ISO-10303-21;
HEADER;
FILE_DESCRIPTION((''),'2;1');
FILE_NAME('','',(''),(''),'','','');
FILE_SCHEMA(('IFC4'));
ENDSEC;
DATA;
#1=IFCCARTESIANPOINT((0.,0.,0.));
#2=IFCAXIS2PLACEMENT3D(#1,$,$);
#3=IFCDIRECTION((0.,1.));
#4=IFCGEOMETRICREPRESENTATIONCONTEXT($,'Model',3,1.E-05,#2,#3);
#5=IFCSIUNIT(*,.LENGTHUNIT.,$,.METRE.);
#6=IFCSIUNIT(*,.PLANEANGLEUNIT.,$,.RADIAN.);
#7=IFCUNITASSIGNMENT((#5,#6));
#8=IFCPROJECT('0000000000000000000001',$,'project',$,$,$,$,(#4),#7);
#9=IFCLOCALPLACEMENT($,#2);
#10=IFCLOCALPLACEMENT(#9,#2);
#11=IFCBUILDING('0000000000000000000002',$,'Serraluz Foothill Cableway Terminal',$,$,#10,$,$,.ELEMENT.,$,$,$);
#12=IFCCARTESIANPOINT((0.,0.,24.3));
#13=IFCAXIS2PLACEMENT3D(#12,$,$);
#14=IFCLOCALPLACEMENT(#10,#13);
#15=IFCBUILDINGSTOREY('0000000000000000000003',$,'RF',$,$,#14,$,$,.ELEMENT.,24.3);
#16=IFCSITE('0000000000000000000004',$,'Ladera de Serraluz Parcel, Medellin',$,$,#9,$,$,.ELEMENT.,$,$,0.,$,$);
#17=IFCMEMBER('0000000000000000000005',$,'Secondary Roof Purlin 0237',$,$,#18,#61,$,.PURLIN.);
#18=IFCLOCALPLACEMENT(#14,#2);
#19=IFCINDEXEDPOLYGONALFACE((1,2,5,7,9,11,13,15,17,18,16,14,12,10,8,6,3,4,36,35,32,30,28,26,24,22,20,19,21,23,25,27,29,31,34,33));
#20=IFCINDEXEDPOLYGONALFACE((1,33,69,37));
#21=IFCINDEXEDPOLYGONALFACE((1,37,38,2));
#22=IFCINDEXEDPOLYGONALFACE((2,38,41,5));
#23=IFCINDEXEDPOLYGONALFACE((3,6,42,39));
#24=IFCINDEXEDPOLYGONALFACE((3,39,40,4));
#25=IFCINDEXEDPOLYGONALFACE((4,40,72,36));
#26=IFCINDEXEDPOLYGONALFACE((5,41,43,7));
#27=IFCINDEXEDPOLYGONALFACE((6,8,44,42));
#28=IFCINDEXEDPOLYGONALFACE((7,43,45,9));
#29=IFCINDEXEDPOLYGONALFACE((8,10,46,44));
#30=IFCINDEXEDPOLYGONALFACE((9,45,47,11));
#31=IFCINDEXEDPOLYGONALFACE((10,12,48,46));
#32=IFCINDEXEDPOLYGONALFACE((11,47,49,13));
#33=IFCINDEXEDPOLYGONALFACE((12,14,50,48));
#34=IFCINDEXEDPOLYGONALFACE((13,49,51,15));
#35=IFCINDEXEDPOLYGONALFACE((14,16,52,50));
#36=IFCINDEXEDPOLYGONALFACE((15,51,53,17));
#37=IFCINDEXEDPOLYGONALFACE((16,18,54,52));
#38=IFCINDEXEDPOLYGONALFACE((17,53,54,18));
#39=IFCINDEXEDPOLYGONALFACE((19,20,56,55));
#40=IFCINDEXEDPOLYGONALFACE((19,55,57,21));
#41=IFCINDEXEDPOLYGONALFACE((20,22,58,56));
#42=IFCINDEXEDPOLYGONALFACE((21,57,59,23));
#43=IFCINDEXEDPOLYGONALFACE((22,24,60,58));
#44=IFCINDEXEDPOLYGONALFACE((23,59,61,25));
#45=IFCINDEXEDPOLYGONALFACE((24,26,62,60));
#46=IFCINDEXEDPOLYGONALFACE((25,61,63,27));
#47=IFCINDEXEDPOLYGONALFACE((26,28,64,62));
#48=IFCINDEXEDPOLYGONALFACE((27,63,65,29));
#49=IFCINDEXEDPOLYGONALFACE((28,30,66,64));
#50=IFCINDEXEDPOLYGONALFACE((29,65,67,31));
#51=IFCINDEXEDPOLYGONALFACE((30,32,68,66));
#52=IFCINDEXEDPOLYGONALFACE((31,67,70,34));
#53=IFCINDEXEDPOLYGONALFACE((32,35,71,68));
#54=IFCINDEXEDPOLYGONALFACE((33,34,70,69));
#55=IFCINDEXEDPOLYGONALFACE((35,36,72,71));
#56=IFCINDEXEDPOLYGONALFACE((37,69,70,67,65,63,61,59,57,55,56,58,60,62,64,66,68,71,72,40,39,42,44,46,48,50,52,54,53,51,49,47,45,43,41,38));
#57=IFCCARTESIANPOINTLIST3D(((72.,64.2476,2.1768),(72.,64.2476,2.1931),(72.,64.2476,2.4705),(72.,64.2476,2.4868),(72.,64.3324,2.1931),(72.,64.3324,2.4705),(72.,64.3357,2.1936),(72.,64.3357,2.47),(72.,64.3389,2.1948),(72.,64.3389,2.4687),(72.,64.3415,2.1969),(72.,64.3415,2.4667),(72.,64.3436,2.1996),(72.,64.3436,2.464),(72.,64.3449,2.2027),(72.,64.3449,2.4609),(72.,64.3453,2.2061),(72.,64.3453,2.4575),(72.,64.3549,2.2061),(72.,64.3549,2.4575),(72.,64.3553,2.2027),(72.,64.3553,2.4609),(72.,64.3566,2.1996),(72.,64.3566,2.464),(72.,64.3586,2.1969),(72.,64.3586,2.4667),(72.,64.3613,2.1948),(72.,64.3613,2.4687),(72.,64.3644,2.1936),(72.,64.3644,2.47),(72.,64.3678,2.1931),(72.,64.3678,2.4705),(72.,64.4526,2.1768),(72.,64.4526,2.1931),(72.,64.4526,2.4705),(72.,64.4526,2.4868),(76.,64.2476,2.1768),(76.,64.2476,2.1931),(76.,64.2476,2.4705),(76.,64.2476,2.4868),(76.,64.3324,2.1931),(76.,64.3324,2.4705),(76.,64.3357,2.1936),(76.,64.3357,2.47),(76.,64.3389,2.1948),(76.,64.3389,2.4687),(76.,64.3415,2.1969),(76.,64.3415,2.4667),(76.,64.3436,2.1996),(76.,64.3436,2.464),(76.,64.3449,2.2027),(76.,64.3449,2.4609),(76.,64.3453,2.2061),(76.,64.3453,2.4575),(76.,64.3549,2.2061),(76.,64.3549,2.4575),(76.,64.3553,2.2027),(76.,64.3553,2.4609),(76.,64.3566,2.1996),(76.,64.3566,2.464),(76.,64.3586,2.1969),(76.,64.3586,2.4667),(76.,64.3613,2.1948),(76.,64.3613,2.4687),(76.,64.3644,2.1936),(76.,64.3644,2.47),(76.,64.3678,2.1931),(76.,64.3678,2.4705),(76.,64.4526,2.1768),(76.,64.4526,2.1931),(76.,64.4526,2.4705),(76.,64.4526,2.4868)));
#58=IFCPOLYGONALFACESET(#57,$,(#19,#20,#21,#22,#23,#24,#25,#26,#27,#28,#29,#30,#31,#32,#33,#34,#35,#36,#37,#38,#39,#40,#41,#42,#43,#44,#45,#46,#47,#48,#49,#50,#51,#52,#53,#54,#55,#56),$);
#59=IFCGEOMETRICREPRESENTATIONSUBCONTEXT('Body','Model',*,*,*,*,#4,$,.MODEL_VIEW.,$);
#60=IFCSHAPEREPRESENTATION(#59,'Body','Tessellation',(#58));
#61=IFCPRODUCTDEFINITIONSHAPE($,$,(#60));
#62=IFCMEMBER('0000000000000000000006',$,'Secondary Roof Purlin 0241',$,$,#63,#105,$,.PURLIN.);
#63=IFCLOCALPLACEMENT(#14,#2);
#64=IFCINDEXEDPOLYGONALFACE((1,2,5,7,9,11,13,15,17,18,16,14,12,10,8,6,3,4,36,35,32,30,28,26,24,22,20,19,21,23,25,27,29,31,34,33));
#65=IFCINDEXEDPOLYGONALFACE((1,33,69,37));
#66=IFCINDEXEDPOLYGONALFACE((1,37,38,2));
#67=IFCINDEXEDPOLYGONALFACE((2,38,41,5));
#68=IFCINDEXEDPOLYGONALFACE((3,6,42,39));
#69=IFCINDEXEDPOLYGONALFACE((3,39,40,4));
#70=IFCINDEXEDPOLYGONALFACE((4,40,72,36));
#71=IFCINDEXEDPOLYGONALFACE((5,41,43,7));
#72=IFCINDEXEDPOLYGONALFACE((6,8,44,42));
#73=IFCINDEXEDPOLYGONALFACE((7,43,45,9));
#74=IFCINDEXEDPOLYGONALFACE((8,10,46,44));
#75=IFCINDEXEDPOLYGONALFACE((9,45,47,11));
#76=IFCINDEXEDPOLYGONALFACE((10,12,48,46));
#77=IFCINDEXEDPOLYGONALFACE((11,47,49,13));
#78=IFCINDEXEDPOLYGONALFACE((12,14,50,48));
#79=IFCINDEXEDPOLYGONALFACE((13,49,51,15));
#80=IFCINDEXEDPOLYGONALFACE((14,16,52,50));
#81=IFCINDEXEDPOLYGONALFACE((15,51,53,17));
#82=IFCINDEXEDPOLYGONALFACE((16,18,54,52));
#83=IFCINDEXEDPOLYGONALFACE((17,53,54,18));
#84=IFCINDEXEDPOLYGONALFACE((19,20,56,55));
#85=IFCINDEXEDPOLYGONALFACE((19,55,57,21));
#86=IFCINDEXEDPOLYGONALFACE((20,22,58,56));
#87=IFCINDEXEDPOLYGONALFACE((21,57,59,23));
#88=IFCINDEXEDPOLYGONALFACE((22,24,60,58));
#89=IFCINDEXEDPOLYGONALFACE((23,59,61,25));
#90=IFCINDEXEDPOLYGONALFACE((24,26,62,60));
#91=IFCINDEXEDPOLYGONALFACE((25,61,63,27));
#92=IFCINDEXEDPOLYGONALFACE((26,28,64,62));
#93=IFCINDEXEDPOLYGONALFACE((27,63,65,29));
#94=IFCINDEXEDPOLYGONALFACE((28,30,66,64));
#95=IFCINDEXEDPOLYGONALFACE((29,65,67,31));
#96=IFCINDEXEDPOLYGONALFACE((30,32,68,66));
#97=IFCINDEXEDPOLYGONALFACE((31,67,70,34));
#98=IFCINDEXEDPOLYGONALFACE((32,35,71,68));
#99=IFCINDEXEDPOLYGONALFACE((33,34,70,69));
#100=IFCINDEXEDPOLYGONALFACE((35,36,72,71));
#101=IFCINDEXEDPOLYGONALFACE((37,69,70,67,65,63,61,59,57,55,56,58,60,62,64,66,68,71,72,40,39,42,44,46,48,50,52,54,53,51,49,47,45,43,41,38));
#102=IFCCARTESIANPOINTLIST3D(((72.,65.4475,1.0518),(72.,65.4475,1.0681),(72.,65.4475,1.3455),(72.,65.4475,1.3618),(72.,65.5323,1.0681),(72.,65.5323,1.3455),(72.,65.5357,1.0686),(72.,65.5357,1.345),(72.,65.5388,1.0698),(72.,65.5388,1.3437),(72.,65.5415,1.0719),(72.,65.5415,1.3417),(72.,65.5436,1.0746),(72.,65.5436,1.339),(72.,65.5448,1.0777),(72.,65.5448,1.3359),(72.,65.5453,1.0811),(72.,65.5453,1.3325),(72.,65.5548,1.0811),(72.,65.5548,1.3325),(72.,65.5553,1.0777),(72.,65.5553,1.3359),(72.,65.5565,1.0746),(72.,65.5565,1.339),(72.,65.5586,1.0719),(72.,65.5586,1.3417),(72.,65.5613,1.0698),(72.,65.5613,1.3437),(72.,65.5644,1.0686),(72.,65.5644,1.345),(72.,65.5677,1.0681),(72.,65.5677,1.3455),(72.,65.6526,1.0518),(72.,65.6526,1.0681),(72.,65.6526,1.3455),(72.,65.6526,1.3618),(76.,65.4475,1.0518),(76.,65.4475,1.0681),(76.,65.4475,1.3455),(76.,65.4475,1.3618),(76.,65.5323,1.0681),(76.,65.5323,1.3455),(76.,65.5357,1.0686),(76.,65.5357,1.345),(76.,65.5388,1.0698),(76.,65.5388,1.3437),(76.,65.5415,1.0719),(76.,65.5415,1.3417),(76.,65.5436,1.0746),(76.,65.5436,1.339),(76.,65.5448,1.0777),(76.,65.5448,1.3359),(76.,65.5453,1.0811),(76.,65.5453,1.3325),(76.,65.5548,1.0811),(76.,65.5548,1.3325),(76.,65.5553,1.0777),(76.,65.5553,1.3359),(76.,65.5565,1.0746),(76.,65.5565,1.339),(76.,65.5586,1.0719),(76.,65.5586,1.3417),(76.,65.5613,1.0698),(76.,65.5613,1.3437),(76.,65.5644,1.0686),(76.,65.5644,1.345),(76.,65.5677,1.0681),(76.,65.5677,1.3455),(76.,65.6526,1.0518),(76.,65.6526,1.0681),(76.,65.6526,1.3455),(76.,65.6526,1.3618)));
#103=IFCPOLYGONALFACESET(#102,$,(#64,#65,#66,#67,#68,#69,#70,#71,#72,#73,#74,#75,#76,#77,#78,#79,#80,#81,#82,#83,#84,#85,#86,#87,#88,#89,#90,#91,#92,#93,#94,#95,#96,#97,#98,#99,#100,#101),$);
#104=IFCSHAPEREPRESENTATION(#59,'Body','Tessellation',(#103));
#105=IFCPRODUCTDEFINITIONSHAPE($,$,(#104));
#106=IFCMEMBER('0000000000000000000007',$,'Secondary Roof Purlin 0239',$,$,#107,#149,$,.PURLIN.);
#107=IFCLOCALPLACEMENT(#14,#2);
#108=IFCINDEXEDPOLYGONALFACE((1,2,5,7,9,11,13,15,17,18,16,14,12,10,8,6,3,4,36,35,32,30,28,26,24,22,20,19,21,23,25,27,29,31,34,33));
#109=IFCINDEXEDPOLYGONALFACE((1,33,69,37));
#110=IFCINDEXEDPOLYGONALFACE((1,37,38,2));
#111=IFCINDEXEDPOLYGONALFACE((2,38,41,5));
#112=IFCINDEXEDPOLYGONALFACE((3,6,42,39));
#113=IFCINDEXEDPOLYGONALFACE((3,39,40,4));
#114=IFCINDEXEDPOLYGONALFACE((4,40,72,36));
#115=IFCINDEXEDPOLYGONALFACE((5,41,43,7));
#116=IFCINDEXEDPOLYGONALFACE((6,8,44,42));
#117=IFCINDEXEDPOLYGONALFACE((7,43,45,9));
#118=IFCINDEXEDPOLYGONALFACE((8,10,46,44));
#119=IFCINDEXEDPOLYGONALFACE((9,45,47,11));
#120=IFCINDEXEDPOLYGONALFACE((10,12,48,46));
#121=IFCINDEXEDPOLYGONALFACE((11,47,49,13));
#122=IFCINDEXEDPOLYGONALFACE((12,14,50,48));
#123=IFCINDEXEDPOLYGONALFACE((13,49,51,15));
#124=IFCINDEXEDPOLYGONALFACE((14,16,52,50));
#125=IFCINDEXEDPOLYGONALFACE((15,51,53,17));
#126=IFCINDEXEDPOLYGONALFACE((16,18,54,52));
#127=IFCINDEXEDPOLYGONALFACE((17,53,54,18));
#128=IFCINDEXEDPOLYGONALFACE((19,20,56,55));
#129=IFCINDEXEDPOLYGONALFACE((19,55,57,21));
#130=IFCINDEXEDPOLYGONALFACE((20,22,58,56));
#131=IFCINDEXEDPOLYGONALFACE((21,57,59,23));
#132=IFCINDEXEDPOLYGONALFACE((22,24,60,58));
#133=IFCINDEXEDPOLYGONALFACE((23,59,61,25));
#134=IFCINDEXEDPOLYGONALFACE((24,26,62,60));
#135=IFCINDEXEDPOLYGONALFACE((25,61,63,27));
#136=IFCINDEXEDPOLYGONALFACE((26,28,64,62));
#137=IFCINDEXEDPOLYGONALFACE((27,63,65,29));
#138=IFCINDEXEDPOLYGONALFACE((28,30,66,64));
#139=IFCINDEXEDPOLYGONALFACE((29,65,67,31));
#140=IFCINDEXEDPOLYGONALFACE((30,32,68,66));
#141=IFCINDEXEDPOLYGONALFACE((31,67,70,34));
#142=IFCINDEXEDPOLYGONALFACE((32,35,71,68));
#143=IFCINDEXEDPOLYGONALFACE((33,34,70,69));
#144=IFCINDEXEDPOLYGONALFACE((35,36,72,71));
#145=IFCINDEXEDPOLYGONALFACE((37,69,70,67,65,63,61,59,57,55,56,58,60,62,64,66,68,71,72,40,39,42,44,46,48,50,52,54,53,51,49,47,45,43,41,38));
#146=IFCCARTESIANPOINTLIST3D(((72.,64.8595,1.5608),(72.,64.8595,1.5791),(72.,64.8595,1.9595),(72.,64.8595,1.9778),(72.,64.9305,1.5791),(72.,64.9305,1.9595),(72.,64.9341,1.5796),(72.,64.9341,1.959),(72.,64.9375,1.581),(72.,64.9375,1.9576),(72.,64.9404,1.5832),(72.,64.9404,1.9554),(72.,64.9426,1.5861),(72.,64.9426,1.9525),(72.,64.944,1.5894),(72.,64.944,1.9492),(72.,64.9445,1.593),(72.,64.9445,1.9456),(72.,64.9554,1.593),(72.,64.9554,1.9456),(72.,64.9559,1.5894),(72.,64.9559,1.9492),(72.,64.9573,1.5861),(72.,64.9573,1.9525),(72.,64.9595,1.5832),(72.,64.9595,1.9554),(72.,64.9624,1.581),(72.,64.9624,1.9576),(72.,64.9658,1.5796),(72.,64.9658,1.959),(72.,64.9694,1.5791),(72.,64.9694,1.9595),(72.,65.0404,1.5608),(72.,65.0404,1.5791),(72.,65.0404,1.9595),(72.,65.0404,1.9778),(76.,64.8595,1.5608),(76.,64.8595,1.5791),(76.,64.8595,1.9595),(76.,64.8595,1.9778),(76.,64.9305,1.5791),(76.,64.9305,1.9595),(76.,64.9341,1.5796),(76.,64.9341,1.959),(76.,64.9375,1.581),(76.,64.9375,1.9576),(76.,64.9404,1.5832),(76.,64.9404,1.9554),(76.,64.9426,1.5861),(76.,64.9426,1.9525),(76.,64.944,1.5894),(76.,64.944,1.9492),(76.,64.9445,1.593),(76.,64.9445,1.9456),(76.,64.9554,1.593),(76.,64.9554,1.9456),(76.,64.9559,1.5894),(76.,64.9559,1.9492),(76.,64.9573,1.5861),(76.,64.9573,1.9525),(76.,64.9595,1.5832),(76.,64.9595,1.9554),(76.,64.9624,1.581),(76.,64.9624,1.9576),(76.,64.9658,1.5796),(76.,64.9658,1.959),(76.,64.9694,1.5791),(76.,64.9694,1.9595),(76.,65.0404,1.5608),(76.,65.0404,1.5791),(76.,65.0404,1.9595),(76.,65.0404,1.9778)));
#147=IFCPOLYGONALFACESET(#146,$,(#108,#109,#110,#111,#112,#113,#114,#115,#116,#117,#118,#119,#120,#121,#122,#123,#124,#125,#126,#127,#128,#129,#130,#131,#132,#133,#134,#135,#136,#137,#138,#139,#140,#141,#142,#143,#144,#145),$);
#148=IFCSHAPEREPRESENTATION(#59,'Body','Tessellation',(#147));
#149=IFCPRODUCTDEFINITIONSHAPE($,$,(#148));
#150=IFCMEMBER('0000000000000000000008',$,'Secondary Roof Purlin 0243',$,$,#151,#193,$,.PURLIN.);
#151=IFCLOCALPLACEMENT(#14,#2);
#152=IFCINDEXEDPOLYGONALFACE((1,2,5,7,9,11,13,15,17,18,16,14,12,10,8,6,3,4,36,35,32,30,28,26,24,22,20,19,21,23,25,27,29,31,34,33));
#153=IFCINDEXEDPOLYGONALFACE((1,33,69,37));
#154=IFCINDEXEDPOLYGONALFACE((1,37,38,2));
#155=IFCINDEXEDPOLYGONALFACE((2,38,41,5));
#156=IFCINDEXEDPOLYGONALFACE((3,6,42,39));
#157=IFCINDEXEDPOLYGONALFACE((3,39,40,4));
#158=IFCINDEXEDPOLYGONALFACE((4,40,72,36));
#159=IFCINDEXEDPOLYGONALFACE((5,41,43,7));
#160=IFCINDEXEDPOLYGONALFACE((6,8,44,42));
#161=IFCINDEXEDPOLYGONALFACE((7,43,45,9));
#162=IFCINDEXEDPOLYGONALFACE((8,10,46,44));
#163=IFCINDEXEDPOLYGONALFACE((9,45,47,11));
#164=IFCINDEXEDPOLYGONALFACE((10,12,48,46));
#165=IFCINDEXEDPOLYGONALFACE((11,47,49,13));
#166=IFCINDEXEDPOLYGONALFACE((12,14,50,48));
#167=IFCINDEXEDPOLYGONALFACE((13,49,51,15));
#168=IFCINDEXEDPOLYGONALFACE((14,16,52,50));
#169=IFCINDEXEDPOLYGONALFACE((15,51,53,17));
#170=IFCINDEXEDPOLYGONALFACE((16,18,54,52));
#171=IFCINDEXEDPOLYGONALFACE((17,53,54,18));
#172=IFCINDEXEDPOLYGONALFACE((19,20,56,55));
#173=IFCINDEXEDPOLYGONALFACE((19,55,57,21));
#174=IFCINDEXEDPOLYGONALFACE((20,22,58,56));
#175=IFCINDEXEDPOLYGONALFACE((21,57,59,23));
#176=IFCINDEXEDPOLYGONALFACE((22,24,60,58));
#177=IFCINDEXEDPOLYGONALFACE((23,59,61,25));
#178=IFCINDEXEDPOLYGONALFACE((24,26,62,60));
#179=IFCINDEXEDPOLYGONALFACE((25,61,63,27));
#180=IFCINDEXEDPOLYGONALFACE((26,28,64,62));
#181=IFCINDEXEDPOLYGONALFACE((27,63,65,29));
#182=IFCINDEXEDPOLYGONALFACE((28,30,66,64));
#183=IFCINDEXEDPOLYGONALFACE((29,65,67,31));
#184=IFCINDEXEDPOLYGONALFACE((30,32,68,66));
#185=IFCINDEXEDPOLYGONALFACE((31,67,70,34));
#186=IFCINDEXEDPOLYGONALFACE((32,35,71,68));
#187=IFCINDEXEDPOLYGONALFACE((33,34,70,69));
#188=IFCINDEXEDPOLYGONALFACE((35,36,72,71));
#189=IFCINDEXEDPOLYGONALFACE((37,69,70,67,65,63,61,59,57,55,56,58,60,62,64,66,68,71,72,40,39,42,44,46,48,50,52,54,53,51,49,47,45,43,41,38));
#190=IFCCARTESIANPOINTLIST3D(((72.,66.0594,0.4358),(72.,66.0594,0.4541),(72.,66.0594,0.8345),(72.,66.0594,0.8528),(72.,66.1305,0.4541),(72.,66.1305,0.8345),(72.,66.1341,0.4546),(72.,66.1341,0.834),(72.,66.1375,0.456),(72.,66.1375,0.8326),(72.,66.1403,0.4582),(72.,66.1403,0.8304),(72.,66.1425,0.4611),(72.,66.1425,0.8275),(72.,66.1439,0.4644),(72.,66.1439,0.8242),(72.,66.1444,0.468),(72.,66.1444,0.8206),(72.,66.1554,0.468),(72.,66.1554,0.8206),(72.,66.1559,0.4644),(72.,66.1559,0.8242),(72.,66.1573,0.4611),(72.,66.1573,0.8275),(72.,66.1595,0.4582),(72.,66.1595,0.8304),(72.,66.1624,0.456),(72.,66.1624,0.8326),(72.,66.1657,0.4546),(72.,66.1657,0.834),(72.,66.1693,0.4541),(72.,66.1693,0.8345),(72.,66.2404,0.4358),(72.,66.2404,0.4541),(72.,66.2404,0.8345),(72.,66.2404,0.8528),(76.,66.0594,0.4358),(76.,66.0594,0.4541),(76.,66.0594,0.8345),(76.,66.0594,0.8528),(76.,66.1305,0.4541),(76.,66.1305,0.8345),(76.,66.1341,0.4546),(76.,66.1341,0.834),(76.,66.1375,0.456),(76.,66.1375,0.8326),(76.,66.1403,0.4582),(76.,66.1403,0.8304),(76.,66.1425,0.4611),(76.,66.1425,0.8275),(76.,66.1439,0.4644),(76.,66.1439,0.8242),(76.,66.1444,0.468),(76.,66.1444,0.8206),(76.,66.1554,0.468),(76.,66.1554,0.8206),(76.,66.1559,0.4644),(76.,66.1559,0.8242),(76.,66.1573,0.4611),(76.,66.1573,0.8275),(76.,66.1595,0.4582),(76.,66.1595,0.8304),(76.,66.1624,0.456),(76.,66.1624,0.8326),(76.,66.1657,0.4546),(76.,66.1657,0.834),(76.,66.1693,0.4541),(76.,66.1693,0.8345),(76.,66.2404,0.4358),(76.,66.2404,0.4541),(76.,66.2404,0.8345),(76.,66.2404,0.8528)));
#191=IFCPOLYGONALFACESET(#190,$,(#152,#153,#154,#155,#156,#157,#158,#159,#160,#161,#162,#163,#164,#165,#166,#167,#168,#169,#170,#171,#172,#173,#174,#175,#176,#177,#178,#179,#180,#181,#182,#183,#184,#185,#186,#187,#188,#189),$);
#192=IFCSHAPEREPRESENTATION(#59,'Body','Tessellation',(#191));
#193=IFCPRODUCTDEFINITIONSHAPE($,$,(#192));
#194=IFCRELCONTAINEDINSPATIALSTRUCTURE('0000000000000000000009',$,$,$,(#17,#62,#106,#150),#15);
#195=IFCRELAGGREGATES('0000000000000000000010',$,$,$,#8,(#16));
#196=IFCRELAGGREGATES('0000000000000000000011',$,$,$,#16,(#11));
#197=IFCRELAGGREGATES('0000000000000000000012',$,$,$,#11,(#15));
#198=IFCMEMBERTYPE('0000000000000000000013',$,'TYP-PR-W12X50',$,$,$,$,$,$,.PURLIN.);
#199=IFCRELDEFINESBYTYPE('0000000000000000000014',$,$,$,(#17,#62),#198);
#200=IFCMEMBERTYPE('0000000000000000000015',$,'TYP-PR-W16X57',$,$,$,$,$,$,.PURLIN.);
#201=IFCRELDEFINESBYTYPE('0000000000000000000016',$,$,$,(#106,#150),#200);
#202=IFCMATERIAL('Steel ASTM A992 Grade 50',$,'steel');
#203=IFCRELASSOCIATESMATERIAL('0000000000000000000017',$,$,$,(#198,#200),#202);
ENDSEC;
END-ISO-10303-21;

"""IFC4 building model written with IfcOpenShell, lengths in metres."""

from ifc_helpers import new_model, si_unit, direction, frame, origin, origin_2d, place, context, subcontext, project, spatial, i_section, extrude, material, material_profile, profile_set, type_object, element, save


model = new_model("IFC4")

# Units and contexts
model_context = context("Model", 3, precision=1e-05, world=origin(), true_north=direction((0.0, 1.0)))
body_context = subcontext(model_context, "Body", "Model", "MODEL_VIEW")
ifc_project = project(units=[si_unit("LENGTHUNIT", "METRE"), si_unit("PLANEANGLEUNIT", "RADIAN")], contexts=[model_context])

# Site, building, storey
site_placement = place(None, origin())
site = spatial("IfcSite", under=ifc_project, at=site_placement, Name="Ladera de Serraluz Parcel, Medellin", CompositionType="ELEMENT", RefElevation=0.0)
building_placement = place(site_placement, origin())
building = spatial("IfcBuilding", under=site, at=building_placement, Name="Serraluz Foothill Cableway Terminal", CompositionType="ELEMENT")
storey_placement = place(building_placement, frame((0.0, 0.0, 24.3)))
storey = spatial("IfcBuildingStorey", under=building, at=storey_placement, Name="RF", CompositionType="ELEMENT", Elevation=24.3)

# Members
ifc_material_1 = material(Name="Steel ASTM A992 Grade 50", Category="steel")
ifc_material_profile_1 = material_profile(ifc_material_1, i_section(OverallWidth=0.2051, OverallDepth=0.3101, WebThickness=0.0095, FlangeThickness=0.0164, FilletRadius=0.0129, at=origin_2d()), Name="W12X50")
ifc_profile_set_1 = profile_set([ifc_material_profile_1], Name="Steel ASTM A992 Grade 50")
member_type_1 = type_object("IfcMemberType", Name="TYP-PR-W12X50", PredefinedType="PURLIN", material=ifc_profile_set_1)
for number, where, z_axis, x_axis, name in (
    (1, (72.0, 64.3501, 2.3318), (1.0, 0.0, 0.0), (0.0, 1.0, 0.0), "Secondary Roof Purlin 0237"),
    (2, (72.0, 65.55, 1.2068), (1.0, 0.0, 0.0), (0.0, 1.0, 0.0), "Secondary Roof Purlin 0241"),
):
    element("IfcMember", number, at=place(storey_placement, frame(where, z_axis=z_axis, x_axis=x_axis)), inside=storey, type_object=member_type_1, Name=name, PredefinedType="PURLIN", context=body_context, shape_type="SweptSolid", body=[
        extrude(i_section(OverallWidth=0.2051, OverallDepth=0.3101, WebThickness=0.0095, FlangeThickness=0.0164, FilletRadius=0.0129, at=origin_2d()), origin(), (0.0, 0.0, 1.0), 4.0),
    ])
ifc_material_profile_2 = material_profile(ifc_material_1, i_section(OverallWidth=0.1809, OverallDepth=0.417, WebThickness=0.011, FlangeThickness=0.0183, FilletRadius=0.0139, at=origin_2d()), Name="W16X57")
ifc_profile_set_2 = profile_set([ifc_material_profile_2], Name="Steel ASTM A992 Grade 50")
member_type_2 = type_object("IfcMemberType", Name="TYP-PR-W16X57", PredefinedType="PURLIN", material=ifc_profile_set_2)
for number, where, z_axis, x_axis, name in (
    (3, (72.0, 64.95, 1.7693), (1.0, 0.0, 0.0), (0.0, 1.0, 0.0), "Secondary Roof Purlin 0239"),
    (4, (72.0, 66.1499, 0.6443), (1.0, 0.0, 0.0), (0.0, 1.0, 0.0), "Secondary Roof Purlin 0243"),
):
    element("IfcMember", number, at=place(storey_placement, frame(where, z_axis=z_axis, x_axis=x_axis)), inside=storey, type_object=member_type_2, Name=name, PredefinedType="PURLIN", context=body_context, shape_type="SweptSolid", body=[
        extrude(i_section(OverallWidth=0.1809, OverallDepth=0.417, WebThickness=0.011, FlangeThickness=0.0183, FilletRadius=0.0139, at=origin_2d()), origin(), (0.0, 0.0, 1.0), 4.0),
    ])

save(model, "model.ifc")
